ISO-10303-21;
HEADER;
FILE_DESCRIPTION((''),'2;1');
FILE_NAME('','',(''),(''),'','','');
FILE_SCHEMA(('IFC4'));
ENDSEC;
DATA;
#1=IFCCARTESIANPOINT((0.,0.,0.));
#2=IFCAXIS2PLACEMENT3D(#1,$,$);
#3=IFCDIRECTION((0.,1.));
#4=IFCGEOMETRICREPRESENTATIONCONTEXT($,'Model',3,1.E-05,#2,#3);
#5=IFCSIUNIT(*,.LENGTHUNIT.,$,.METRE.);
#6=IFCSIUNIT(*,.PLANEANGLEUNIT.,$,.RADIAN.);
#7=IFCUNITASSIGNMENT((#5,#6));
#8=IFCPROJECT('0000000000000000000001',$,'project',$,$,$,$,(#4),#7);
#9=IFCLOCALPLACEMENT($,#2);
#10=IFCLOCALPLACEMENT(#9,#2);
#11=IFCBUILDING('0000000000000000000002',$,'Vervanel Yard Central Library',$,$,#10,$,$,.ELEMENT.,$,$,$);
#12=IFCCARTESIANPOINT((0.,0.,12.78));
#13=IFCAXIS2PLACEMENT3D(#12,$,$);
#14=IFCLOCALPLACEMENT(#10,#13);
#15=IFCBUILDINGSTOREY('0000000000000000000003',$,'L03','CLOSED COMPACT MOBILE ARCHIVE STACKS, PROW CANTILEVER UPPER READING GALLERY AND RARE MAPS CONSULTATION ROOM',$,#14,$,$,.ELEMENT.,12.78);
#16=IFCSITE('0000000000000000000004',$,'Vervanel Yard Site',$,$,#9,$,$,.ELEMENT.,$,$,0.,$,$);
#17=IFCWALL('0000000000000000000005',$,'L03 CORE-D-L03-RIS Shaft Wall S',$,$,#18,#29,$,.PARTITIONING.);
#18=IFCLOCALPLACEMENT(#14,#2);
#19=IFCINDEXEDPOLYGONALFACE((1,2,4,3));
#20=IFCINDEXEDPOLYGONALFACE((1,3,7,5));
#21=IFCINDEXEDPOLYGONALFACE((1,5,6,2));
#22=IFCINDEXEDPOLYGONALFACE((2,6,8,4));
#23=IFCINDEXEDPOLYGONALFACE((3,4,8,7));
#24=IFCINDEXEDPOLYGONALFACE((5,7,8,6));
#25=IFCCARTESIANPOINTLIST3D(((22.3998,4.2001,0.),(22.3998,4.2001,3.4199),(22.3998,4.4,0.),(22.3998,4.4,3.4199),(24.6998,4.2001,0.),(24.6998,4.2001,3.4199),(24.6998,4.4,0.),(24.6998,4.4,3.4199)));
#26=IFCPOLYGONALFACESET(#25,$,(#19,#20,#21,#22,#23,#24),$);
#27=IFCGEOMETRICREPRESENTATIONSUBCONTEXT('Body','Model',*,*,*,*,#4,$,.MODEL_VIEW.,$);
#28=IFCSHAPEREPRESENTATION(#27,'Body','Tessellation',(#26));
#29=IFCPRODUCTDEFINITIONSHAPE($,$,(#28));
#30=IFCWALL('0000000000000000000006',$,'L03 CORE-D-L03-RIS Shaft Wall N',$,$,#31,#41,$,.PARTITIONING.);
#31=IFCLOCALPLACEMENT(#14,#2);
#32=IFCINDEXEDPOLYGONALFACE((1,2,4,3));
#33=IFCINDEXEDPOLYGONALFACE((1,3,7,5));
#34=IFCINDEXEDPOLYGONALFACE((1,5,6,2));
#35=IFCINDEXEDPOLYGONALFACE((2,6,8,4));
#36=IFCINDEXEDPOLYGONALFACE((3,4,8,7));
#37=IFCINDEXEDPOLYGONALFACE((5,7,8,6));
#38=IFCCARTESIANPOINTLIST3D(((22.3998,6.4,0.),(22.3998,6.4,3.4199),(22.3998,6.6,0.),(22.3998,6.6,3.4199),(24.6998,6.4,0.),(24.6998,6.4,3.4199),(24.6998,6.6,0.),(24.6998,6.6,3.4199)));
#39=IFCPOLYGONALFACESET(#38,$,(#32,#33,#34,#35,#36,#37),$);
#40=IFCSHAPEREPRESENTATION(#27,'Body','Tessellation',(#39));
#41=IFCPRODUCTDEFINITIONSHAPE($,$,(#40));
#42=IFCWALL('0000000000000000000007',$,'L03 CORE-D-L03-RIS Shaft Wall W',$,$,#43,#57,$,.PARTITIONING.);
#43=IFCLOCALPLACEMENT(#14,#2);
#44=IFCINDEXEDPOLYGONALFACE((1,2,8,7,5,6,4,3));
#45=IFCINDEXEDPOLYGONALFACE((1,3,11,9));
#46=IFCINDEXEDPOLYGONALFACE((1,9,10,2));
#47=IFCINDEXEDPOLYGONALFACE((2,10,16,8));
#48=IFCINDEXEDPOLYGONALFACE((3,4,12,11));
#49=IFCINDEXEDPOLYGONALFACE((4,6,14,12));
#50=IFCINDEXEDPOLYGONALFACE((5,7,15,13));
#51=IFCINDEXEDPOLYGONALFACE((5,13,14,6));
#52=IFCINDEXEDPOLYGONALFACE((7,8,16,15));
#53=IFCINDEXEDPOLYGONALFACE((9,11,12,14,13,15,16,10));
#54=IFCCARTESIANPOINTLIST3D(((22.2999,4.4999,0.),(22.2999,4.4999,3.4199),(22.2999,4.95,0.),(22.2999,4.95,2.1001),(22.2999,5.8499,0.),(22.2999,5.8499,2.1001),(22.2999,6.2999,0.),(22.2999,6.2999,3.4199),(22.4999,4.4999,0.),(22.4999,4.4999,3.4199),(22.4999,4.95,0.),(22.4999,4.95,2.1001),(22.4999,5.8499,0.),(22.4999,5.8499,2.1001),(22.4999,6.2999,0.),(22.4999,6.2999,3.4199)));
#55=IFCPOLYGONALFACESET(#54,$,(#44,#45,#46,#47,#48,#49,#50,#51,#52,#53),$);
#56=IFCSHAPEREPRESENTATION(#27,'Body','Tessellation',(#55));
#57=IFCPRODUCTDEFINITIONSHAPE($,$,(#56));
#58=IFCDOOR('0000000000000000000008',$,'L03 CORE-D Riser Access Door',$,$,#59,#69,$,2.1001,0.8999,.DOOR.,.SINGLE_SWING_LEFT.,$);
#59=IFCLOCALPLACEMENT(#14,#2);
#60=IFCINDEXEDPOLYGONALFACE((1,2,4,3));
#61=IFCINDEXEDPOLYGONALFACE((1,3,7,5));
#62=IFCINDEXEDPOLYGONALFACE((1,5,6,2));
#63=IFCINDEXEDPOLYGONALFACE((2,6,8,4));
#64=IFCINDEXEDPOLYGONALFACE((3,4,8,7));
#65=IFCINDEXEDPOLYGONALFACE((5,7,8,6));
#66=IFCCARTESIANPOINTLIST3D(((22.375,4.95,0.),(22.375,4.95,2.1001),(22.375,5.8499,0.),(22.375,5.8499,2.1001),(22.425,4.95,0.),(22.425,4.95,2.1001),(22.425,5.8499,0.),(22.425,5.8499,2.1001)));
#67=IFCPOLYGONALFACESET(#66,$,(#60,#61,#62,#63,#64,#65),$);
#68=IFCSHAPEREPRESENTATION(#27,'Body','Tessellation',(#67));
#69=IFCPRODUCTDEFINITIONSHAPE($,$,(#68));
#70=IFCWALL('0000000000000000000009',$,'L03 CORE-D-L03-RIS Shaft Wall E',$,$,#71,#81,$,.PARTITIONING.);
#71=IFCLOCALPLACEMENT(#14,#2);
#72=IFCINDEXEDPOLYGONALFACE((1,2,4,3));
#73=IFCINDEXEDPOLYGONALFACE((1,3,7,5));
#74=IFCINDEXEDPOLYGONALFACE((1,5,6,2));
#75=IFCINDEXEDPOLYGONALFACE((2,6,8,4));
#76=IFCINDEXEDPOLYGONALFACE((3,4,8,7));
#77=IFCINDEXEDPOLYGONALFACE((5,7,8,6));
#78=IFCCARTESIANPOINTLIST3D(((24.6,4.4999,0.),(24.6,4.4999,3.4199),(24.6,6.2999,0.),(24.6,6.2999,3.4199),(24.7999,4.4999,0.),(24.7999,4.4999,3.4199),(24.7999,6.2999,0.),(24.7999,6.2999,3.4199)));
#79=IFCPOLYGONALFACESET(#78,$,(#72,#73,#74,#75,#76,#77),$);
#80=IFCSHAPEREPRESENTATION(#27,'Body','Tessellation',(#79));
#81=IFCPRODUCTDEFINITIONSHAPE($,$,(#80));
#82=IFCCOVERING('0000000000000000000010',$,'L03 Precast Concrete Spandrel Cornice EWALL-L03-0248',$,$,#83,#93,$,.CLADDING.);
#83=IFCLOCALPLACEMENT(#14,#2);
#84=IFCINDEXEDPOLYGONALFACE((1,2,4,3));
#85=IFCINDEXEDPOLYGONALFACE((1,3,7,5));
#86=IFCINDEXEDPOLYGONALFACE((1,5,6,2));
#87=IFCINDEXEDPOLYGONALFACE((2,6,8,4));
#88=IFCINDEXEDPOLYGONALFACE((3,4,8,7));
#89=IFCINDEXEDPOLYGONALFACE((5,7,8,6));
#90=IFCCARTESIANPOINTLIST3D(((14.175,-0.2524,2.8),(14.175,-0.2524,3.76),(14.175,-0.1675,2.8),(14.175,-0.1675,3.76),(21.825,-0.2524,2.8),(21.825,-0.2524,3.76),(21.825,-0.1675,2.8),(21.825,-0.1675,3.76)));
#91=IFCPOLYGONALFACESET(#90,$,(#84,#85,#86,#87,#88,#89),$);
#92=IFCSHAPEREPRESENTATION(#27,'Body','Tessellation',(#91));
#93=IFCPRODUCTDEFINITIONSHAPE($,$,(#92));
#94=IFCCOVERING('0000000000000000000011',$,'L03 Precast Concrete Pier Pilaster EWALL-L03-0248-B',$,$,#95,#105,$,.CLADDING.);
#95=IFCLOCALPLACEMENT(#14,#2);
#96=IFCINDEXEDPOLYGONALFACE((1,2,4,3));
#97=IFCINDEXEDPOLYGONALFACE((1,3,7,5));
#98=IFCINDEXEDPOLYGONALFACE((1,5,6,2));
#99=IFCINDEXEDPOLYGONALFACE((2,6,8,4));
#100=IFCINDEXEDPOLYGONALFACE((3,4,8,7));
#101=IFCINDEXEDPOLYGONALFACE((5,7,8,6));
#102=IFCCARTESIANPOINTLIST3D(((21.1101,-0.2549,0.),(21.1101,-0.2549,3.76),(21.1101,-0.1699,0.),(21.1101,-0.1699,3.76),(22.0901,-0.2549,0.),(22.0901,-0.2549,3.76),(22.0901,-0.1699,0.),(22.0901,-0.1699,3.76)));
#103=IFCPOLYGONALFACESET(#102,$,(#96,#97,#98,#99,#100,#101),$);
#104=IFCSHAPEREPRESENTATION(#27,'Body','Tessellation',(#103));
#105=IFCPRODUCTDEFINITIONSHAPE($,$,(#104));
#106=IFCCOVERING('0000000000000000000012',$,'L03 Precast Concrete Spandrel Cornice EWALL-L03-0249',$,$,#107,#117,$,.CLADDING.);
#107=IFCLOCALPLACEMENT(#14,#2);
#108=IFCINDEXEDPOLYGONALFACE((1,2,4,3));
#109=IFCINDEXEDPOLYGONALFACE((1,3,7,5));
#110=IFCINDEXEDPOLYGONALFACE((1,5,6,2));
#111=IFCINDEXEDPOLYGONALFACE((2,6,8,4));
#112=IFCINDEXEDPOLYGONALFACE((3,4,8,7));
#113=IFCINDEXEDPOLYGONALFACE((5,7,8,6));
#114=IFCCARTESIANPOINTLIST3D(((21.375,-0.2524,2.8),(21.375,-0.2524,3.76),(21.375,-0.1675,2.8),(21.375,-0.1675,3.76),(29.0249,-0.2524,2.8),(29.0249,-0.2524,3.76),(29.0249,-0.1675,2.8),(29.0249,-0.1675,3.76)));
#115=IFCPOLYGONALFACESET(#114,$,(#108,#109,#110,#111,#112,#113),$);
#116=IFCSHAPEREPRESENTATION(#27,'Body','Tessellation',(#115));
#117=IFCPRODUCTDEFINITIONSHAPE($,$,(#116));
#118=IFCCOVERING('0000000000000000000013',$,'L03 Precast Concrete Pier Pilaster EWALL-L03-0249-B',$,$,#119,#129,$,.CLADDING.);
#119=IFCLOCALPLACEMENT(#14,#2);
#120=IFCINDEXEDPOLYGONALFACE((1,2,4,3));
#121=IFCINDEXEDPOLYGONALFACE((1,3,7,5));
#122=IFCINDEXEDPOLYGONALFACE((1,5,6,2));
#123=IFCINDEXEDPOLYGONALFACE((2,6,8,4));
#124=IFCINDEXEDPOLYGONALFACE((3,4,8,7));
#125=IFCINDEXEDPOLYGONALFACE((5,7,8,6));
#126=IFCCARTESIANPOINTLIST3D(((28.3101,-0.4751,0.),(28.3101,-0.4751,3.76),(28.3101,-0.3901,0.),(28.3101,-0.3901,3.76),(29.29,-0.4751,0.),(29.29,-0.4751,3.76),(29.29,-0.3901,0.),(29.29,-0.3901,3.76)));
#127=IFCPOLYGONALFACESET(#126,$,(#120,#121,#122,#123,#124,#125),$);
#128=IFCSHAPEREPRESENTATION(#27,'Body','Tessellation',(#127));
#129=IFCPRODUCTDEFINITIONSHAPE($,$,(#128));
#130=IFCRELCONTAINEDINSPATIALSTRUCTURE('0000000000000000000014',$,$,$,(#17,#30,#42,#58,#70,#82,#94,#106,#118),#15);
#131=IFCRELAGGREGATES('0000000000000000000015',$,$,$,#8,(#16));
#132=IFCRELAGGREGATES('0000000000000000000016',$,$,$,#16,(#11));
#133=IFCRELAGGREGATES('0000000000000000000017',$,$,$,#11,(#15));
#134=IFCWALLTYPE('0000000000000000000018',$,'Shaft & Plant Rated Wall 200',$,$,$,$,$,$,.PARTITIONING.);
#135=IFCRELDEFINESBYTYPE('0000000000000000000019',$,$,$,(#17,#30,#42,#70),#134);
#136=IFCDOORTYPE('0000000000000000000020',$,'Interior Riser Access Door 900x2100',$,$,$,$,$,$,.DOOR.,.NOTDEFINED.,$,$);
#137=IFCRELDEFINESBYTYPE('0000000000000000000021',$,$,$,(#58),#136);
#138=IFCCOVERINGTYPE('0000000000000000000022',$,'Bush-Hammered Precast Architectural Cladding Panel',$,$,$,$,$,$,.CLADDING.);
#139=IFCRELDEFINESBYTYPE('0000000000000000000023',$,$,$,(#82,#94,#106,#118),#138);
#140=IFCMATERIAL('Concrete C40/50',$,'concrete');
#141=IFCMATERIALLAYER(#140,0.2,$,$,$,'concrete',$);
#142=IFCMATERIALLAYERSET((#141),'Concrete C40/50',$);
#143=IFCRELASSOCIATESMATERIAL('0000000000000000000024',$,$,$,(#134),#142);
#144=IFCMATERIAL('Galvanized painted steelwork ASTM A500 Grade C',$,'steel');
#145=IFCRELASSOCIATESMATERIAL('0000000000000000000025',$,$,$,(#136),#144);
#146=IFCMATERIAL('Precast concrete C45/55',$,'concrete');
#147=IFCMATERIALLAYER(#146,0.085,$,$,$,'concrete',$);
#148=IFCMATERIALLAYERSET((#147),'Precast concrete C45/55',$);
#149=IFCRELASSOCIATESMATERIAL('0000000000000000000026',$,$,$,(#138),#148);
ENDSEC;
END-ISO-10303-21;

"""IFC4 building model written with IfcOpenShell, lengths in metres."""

from ifc_helpers import new_model, si_unit, direction, frame, frame_2d, origin, origin_2d, place, context, subcontext, project, spatial, rectangle, extrude, material, layer, layer_set, type_object, element, fill, save


model = new_model("IFC4")

# Units and contexts
model_context = context("Model", 3, precision=1e-05, world=origin(), true_north=direction((0.0, 1.0)))
body_context = subcontext(model_context, "Body", "Model", "MODEL_VIEW")
ifc_project = project(units=[si_unit("LENGTHUNIT", "METRE"), si_unit("PLANEANGLEUNIT", "RADIAN")], contexts=[model_context])

# Site, building, storey
site_placement = place(None, origin())
site = spatial("IfcSite", under=ifc_project, at=site_placement, Name="Vervanel Yard Site", CompositionType="ELEMENT", RefElevation=0.0)
building_placement = place(site_placement, origin())
building = spatial("IfcBuilding", under=site, at=building_placement, Name="Vervanel Yard Central Library", CompositionType="ELEMENT")
storey_placement = place(building_placement, frame((0.0, 0.0, 12.78)))
storey = spatial("IfcBuildingStorey", under=building, at=storey_placement, Name="L03", Description="CLOSED COMPACT MOBILE ARCHIVE STACKS, PROW CANTILEVER UPPER READING GALLERY AND RARE MAPS CONSULTATION ROOM", CompositionType="ELEMENT", Elevation=12.78)

# Shared definitions
ifc_material_1 = material(Name="Concrete C40/50", Category="concrete")

# Walls
ifc_layer_1 = layer(ifc_material_1, 0.2, Category="concrete")
ifc_layer_set_1 = layer_set([ifc_layer_1], Name="Concrete C40/50")
wall_type_1 = type_object("IfcWallType", Name="Shaft & Plant Rated Wall 200", PredefinedType="PARTITIONING", material=ifc_layer_set_1)
for number, where, z_axis, x_axis, name in (
    (1, (22.3999, 4.3, 0.0), (0.0, 0.0, 1.0), (1.0, 0.0, 0.0), "L03 CORE-D-L03-RIS Shaft Wall S"),
    (2, (22.3999, 6.5, 0.0), (0.0, 0.0, 1.0), (1.0, 0.0, 0.0), "L03 CORE-D-L03-RIS Shaft Wall N"),
):
    element("IfcWall", number, at=place(storey_placement, frame(where, z_axis=z_axis, x_axis=x_axis)), inside=storey, type_object=wall_type_1, Name=name, PredefinedType="PARTITIONING", context=body_context, shape_type="SweptSolid", body=[
        extrude(rectangle(XDim=2.3, YDim=0.2, at=frame_2d((1.1499, 0.0))), origin(), (0.0, 0.0, 1.0), 3.4199),
    ])

# Wall, opening, door
wall_1_placement = place(storey_placement, frame((22.3999, 4.5, 0.0), z_axis=(0.0, 0.0, 1.0), x_axis=(0.0, 1.0, 0.0)))
wall_1 = element("IfcWall", 3, at=wall_1_placement, inside=storey, type_object=wall_type_1, Name="L03 CORE-D-L03-RIS Shaft Wall W", PredefinedType="PARTITIONING", context=body_context, shape_type="SweptSolid", body=[
    extrude(rectangle(XDim=1.8, YDim=0.2, at=frame_2d((0.8999, 0.0))), origin(), (0.0, 0.0, 1.0), 3.4199),
])
opening_1_placement = place(wall_1_placement, frame((0.45, 0.0, 0.0)))
opening_1 = element("IfcOpeningElement", 4, at=opening_1_placement, cuts=wall_1, PredefinedType="OPENING", context=body_context, shape_type="SweptSolid", body=[
    extrude(rectangle(XDim=0.8999, YDim=2.1001, at=frame_2d((0.45, 1.05))), frame((0.0, 0.1099, 0.0), z_axis=(0.0, -1.0, 0.0), x_axis=(1.0, 0.0, 0.0)), (0.0, 0.0, 1.0), 0.22),
])
ifc_material_2 = material(Name="Galvanized painted steelwork ASTM A500 Grade C", Category="steel")
door_type_1 = type_object("IfcDoorType", Name="Interior Riser Access Door 900x2100", OperationType="NOTDEFINED", PredefinedType="DOOR", material=ifc_material_2)
door_1_placement = place(opening_1_placement, origin())
door_1 = element("IfcDoor", 5, at=door_1_placement, inside=storey, type_object=door_type_1, Name="L03 CORE-D Riser Access Door", OperationType="SINGLE_SWING_LEFT", OverallHeight=2.1001, OverallWidth=0.8999, PredefinedType="DOOR", context=body_context, shape_type="SweptSolid", body=[
    extrude(rectangle(XDim=0.8999, YDim=2.1001, at=frame_2d((0.45, 1.05))), frame((0.0, 0.0249, 0.0), z_axis=(0.0, -1.0, 0.0), x_axis=(1.0, 0.0, 0.0)), (0.0, 0.0, 1.0), 0.05),
])
fill(opening_1, door_1)

# Wall
wall_2_placement = place(storey_placement, frame((24.7, 4.5, 0.0), z_axis=(0.0, 0.0, 1.0), x_axis=(0.0, 1.0, 0.0)))
element("IfcWall", 6, at=wall_2_placement, inside=storey, type_object=wall_type_1, Name="L03 CORE-D-L03-RIS Shaft Wall E", PredefinedType="PARTITIONING", context=body_context, shape_type="SweptSolid", body=[
    extrude(rectangle(XDim=1.8, YDim=0.2, at=frame_2d((0.8999, 0.0))), origin(), (0.0, 0.0, 1.0), 3.4199),
])

# Coverings
ifc_material_3 = material(Name="Precast concrete C45/55", Category="concrete")
ifc_layer_2 = layer(ifc_material_3, 0.085, Category="concrete")
ifc_layer_set_2 = layer_set([ifc_layer_2], Name="Precast concrete C45/55")
covering_type = type_object("IfcCoveringType", Name="Bush-Hammered Precast Architectural Cladding Panel", PredefinedType="CLADDING", material=ifc_layer_set_2)
covering_1_placement = place(storey_placement, frame((18.0, -0.21, 2.8), z_axis=(0.0, 0.0, 1.0), x_axis=(1.0, 0.0, 0.0)))
element("IfcCovering", 7, at=covering_1_placement, inside=storey, type_object=covering_type, Name="L03 Precast Concrete Spandrel Cornice EWALL-L03-0248", PredefinedType="CLADDING", context=body_context, shape_type="SweptSolid", body=[
    extrude(rectangle(XDim=7.6499, YDim=0.085, at=origin_2d()), origin(), (0.0, 0.0, 1.0), 0.96),
])
covering_2_placement = place(storey_placement, frame((21.6001, -0.2124, 0.0), z_axis=(0.0, 0.0, 1.0), x_axis=(1.0, 0.0, 0.0)))
element("IfcCovering", 8, at=covering_2_placement, inside=storey, type_object=covering_type, Name="L03 Precast Concrete Pier Pilaster EWALL-L03-0248-B", PredefinedType="CLADDING", context=body_context, shape_type="SweptSolid", body=[
    extrude(rectangle(XDim=0.98, YDim=0.085, at=origin_2d()), origin(), (0.0, 0.0, 1.0), 3.76),
])
covering_3_placement = place(storey_placement, frame((25.2, -0.21, 2.8), z_axis=(0.0, 0.0, 1.0), x_axis=(1.0, 0.0, 0.0)))
element("IfcCovering", 9, at=covering_3_placement, inside=storey, type_object=covering_type, Name="L03 Precast Concrete Spandrel Cornice EWALL-L03-0249", PredefinedType="CLADDING", context=body_context, shape_type="SweptSolid", body=[
    extrude(rectangle(XDim=7.6499, YDim=0.085, at=origin_2d()), origin(), (0.0, 0.0, 1.0), 0.96),
])
covering_4_placement = place(storey_placement, frame((28.8, -0.4326, 0.0), z_axis=(0.0, 0.0, 1.0), x_axis=(1.0, 0.0, 0.0)))
element("IfcCovering", 10, at=covering_4_placement, inside=storey, type_object=covering_type, Name="L03 Precast Concrete Pier Pilaster EWALL-L03-0249-B", PredefinedType="CLADDING", context=body_context, shape_type="SweptSolid", body=[
    extrude(rectangle(XDim=0.98, YDim=0.085, at=origin_2d()), origin(), (0.0, 0.0, 1.0), 3.76),
])

save(model, "model.ifc")
